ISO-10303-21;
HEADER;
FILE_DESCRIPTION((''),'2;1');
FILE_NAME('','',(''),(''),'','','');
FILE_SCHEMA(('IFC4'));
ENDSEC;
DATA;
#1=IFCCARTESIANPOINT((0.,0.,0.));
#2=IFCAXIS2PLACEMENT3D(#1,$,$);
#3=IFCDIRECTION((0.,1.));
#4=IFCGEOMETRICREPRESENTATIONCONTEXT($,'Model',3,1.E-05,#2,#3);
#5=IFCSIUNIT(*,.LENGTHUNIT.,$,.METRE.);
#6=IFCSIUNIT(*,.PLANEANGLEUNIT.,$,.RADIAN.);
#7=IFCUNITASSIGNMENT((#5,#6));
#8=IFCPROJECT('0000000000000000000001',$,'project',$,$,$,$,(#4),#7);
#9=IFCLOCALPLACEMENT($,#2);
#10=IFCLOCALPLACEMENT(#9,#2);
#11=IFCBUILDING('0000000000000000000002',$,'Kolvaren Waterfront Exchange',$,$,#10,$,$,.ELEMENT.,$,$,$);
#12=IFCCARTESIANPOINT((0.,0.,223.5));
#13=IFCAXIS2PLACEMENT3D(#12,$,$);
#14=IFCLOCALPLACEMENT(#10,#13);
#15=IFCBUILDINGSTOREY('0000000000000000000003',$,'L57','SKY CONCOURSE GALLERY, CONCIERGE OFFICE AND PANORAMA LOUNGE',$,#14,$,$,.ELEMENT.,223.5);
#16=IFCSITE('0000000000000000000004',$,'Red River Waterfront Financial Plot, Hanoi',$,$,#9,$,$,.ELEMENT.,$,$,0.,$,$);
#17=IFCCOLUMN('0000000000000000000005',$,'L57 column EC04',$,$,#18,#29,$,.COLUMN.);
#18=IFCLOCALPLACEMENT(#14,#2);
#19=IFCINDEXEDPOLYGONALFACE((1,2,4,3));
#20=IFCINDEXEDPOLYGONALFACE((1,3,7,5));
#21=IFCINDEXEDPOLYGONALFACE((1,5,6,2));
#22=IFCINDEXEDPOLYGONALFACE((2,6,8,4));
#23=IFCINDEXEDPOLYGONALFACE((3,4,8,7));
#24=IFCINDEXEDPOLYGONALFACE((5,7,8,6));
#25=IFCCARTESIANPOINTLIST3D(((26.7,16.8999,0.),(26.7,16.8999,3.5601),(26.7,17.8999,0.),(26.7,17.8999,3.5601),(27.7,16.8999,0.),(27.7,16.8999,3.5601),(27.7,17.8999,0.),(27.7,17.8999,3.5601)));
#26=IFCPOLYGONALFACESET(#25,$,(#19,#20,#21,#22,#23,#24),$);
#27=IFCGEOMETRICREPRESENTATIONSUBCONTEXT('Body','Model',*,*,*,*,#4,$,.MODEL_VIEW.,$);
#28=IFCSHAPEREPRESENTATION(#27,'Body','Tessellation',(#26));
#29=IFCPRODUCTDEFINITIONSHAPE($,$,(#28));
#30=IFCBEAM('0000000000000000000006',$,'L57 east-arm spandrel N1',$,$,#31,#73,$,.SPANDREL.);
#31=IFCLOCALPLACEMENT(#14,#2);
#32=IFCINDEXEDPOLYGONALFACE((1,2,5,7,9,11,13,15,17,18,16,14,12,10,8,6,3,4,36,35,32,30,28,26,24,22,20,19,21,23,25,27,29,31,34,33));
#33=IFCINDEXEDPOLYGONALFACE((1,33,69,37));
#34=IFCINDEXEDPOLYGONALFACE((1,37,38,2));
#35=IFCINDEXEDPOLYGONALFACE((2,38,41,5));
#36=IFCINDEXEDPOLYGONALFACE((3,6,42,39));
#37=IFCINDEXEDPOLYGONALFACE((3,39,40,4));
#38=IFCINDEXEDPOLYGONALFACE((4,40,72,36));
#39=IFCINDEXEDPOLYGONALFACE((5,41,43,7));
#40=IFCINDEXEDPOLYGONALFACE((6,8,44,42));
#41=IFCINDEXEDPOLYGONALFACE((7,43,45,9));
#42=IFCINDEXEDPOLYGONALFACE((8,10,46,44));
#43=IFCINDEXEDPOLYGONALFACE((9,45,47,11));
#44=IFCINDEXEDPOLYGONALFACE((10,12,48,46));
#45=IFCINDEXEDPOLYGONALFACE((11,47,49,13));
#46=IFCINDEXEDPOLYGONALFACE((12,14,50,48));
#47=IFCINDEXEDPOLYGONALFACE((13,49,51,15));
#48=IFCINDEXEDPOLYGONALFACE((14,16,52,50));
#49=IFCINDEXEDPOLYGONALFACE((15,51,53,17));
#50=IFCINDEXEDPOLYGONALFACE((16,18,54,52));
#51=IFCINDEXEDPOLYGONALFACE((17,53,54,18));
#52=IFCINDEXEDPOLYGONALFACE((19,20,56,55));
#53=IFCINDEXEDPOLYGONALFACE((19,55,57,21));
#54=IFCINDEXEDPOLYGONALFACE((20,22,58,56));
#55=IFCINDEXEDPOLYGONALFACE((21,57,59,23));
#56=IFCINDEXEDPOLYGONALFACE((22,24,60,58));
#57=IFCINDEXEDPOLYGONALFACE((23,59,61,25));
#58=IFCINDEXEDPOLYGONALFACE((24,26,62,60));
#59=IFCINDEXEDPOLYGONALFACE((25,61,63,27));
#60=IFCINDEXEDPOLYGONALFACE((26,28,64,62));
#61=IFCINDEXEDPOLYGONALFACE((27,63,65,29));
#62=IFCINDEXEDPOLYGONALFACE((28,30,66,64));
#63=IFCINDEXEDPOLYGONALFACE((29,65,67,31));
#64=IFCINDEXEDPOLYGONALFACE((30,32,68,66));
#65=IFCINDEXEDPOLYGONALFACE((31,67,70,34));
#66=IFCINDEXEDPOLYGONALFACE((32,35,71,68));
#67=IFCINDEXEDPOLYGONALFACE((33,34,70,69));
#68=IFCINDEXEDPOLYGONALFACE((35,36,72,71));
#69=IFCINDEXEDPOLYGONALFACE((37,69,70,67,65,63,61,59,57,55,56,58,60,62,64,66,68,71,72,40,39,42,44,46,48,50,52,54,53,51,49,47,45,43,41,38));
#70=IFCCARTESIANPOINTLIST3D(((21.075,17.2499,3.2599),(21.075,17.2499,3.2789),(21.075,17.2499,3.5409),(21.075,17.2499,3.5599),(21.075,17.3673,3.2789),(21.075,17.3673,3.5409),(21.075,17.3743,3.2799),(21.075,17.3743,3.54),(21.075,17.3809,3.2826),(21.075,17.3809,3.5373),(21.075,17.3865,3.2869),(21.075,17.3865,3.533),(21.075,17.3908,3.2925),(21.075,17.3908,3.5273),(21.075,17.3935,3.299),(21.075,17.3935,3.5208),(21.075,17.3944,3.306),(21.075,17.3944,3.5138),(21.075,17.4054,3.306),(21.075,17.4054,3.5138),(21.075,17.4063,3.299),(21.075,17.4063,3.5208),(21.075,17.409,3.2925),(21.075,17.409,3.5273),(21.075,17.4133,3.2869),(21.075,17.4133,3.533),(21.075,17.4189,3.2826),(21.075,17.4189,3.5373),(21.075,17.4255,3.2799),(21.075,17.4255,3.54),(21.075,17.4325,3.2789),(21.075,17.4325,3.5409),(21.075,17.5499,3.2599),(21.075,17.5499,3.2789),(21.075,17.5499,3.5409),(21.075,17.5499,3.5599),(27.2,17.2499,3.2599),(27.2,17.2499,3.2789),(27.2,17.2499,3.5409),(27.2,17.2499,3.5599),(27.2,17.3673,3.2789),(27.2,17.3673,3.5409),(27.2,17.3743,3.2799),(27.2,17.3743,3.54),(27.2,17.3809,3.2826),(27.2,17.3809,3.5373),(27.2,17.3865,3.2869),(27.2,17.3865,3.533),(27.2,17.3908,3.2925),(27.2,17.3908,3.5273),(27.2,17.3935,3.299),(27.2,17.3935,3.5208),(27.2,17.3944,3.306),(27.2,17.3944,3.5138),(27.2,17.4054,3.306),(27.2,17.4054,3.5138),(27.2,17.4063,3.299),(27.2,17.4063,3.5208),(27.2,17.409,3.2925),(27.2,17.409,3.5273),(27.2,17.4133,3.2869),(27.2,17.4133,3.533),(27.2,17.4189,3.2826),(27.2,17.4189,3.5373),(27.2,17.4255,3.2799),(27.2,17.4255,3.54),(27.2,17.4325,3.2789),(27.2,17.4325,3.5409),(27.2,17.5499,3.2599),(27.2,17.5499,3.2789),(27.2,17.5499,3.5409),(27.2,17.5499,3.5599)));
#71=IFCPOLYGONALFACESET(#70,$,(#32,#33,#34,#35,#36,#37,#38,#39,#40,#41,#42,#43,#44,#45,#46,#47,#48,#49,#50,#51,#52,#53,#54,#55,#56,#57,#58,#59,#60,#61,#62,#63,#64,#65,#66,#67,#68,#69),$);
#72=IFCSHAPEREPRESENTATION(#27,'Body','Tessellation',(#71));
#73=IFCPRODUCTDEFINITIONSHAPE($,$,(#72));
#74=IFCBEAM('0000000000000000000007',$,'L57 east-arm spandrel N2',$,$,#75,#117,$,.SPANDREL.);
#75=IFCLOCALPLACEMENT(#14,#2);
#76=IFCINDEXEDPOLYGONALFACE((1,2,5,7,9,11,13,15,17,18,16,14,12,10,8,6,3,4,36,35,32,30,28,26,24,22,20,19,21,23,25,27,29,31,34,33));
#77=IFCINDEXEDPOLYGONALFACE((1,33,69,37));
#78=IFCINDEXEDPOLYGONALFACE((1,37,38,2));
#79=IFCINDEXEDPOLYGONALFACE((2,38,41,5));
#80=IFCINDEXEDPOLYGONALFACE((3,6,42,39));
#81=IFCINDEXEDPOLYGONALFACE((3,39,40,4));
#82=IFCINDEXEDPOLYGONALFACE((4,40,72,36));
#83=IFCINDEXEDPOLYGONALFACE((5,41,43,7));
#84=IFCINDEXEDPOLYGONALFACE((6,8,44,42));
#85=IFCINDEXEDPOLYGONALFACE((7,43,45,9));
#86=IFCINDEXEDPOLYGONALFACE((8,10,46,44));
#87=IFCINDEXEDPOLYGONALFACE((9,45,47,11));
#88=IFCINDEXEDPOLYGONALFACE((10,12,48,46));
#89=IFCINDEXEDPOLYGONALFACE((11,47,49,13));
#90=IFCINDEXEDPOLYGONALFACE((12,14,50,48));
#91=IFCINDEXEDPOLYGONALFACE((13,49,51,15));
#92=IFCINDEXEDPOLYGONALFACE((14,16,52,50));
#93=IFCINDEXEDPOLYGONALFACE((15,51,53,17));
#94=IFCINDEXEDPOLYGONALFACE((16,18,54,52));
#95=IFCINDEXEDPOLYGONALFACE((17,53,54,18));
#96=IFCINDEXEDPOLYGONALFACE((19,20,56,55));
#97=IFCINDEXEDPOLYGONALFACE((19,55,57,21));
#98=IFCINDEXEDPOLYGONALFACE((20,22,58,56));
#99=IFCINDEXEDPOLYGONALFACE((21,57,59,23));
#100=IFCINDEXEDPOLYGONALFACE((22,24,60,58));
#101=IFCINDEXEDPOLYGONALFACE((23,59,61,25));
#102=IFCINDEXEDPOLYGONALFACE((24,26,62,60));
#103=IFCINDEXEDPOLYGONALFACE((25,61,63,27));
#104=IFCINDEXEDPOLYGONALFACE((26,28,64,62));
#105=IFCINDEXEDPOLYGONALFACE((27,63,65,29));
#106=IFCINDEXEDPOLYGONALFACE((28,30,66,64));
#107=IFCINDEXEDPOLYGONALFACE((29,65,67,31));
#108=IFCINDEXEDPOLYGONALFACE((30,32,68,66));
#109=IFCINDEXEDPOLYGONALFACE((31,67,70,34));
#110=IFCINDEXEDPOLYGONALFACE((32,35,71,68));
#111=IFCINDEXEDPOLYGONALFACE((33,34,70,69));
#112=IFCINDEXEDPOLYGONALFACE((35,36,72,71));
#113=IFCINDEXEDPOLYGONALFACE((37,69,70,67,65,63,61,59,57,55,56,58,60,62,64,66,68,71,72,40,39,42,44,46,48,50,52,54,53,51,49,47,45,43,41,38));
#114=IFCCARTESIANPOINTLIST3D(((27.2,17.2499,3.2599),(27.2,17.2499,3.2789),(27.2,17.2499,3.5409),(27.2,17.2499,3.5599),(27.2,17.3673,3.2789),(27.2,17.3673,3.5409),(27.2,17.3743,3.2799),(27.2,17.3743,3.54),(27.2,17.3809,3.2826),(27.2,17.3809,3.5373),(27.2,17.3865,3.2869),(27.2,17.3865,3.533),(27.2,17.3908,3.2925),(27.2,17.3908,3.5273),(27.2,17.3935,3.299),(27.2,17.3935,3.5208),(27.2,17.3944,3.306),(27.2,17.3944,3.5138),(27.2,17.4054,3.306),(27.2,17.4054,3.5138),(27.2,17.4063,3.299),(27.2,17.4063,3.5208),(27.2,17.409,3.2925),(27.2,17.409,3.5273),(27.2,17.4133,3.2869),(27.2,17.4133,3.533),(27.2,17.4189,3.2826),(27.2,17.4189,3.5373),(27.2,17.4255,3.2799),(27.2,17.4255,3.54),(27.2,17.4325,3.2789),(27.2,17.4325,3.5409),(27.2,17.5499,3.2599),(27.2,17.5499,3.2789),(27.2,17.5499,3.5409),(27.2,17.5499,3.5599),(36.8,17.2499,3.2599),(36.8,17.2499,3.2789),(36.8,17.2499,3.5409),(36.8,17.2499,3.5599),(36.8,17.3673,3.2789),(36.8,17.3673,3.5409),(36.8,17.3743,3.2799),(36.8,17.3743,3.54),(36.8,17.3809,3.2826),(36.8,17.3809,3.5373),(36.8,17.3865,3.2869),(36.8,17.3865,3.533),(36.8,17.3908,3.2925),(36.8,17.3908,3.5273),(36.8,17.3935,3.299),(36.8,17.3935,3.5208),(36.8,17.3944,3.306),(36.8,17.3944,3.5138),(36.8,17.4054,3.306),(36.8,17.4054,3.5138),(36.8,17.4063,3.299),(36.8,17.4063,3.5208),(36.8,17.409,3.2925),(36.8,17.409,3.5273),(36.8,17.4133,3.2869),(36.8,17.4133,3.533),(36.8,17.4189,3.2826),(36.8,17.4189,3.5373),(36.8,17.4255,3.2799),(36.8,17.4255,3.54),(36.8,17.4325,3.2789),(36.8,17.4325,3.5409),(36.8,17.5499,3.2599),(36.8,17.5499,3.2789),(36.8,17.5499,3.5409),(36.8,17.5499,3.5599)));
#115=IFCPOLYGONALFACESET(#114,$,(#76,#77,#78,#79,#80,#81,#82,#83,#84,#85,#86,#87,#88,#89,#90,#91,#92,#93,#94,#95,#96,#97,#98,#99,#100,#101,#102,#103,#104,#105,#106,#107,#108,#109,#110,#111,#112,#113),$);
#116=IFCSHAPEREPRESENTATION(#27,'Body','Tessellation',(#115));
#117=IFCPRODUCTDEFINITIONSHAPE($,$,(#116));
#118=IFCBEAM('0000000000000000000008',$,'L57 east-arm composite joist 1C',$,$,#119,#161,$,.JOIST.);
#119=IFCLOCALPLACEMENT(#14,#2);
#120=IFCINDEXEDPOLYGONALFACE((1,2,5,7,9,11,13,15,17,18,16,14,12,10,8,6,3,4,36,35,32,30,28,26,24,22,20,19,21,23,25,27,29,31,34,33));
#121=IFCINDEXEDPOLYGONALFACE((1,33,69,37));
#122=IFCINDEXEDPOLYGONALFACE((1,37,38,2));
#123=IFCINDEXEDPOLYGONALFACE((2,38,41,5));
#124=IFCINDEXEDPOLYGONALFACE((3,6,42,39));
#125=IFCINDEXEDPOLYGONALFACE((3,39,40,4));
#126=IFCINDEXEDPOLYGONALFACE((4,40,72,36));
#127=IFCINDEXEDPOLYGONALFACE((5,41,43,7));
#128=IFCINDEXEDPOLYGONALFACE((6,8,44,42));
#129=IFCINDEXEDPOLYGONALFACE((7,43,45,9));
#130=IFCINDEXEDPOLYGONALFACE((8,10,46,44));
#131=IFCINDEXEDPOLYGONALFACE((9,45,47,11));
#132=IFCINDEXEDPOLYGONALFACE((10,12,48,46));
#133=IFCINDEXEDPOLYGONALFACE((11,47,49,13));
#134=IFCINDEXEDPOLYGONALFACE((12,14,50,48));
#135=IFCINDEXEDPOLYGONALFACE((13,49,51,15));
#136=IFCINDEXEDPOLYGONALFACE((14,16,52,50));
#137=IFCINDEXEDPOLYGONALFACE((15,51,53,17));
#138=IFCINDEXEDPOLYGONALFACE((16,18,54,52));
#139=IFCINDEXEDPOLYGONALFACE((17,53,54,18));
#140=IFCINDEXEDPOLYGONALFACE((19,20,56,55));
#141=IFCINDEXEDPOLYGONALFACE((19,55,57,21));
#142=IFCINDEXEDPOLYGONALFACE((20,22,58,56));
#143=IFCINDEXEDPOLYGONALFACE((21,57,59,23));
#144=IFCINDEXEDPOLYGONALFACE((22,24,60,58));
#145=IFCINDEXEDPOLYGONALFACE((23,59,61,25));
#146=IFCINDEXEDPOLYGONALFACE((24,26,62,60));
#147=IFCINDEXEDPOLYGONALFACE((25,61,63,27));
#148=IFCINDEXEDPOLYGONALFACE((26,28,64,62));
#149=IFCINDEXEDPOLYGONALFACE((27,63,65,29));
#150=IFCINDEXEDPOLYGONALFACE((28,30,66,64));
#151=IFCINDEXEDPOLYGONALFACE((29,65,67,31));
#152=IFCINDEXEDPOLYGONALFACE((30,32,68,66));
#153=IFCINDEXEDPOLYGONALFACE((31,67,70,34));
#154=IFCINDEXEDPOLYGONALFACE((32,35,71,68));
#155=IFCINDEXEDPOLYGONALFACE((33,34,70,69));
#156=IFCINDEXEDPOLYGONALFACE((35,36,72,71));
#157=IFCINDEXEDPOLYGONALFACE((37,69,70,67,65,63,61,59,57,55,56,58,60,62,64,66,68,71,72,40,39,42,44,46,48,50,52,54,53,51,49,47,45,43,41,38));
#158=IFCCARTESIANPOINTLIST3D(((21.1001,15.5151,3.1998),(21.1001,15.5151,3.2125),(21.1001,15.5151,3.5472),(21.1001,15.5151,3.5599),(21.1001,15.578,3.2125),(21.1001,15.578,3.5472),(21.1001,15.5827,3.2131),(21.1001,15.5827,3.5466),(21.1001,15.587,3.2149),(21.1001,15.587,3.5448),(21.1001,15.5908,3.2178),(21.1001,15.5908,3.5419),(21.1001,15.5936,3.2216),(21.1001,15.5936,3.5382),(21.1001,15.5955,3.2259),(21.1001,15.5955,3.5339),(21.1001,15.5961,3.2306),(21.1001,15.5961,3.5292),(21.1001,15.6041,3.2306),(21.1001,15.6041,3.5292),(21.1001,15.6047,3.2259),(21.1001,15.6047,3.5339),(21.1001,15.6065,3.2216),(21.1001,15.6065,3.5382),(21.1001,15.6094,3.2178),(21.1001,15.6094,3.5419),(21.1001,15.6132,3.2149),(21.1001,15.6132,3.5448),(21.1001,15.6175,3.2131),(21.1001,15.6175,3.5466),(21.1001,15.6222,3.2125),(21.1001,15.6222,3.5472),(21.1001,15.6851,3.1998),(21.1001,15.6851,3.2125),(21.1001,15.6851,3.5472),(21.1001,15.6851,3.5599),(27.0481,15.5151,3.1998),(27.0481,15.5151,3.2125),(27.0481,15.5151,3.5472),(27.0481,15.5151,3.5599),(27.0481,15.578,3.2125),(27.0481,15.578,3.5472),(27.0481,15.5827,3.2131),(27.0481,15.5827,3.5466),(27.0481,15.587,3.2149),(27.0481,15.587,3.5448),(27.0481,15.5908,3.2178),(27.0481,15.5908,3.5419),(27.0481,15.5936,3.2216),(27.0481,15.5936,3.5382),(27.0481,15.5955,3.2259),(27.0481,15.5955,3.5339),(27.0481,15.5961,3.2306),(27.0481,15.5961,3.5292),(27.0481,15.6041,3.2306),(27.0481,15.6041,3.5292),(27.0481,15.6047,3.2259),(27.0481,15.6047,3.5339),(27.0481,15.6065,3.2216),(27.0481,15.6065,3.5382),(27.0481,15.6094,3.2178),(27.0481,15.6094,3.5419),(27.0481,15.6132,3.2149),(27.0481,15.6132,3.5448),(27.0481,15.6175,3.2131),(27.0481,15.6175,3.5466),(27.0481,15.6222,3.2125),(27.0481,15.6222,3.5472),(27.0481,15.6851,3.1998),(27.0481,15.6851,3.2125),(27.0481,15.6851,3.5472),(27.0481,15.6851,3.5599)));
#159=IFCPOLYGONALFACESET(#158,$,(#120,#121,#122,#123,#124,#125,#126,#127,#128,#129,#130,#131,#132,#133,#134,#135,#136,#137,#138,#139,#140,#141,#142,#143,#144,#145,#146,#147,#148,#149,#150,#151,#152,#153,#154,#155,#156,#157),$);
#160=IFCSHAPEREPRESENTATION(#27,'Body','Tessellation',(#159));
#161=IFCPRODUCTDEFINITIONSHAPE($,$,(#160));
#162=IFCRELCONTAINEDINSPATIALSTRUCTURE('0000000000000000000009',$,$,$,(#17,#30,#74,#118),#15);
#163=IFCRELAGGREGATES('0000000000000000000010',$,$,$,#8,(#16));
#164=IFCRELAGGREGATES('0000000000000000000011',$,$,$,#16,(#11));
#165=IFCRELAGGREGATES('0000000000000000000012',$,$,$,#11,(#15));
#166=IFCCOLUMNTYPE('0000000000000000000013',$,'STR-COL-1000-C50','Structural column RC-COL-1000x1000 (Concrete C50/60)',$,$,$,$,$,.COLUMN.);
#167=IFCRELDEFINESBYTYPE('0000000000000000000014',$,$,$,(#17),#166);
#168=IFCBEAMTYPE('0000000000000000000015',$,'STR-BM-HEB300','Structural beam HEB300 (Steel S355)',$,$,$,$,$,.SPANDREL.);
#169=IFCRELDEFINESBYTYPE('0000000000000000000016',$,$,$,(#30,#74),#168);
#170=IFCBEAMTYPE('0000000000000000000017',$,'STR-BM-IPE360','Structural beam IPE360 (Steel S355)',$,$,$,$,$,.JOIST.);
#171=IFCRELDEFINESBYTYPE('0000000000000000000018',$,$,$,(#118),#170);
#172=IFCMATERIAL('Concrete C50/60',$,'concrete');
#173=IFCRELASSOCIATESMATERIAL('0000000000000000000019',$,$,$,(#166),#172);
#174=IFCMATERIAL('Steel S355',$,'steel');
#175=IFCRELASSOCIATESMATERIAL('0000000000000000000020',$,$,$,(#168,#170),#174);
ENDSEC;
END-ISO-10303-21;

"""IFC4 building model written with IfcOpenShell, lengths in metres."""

from ifc_helpers import new_model, si_unit, direction, frame, origin, origin_2d, place, context, subcontext, project, spatial, rectangle, i_section, extrude, material, material_profile, profile_set, type_object, element, save


model = new_model("IFC4")

# Units and contexts
model_context = context("Model", 3, precision=1e-05, world=origin(), true_north=direction((0.0, 1.0)))
body_context = subcontext(model_context, "Body", "Model", "MODEL_VIEW")
ifc_project = project(units=[si_unit("LENGTHUNIT", "METRE"), si_unit("PLANEANGLEUNIT", "RADIAN")], contexts=[model_context])

# Site, building, storey
site_placement = place(None, origin())
site = spatial("IfcSite", under=ifc_project, at=site_placement, Name="Red River Waterfront Financial Plot, Hanoi", CompositionType="ELEMENT", RefElevation=0.0)
building_placement = place(site_placement, origin())
building = spatial("IfcBuilding", under=site, at=building_placement, Name="Kolvaren Waterfront Exchange", CompositionType="ELEMENT")
storey_placement = place(building_placement, frame((0.0, 0.0, 223.5)))
storey = spatial("IfcBuildingStorey", under=building, at=storey_placement, Name="L57", Description="SKY CONCOURSE GALLERY, CONCIERGE OFFICE AND PANORAMA LOUNGE", CompositionType="ELEMENT", Elevation=223.5)

# Column
ifc_material_1 = material(Name="Concrete C50/60", Category="concrete")
ifc_material_profile_1 = material_profile(ifc_material_1, rectangle(XDim=1.0, YDim=1.0, at=origin_2d()), Name="RC-COL-1000x1000")
ifc_profile_set_1 = profile_set([ifc_material_profile_1], Name="Concrete C50/60")
column_type = type_object("IfcColumnType", Name="STR-COL-1000-C50", Description="Structural column RC-COL-1000x1000 (Concrete C50/60)", PredefinedType="COLUMN", material=ifc_profile_set_1)
column_placement = place(storey_placement, frame((27.2, 17.3999, 0.0), z_axis=(0.0, 0.0, 1.0), x_axis=(1.0, 0.0, 0.0)))
element("IfcColumn", 1, at=column_placement, inside=storey, type_object=column_type, Name="L57 column EC04", PredefinedType="COLUMN", context=body_context, shape_type="SweptSolid", body=[
    extrude(rectangle(XDim=1.0, YDim=1.0, at=origin_2d()), origin(), (0.0, 0.0, 1.0), 3.5601),
])

# Beams
ifc_material_2 = material(Name="Steel S355", Category="steel")
ifc_material_profile_2 = material_profile(ifc_material_2, i_section(OverallWidth=0.3, OverallDepth=0.3, WebThickness=0.011, FlangeThickness=0.019, FilletRadius=0.0271, at=origin_2d()), Name="HEB300")
ifc_profile_set_2 = profile_set([ifc_material_profile_2], Name="Steel S355")
beam_type_1 = type_object("IfcBeamType", Name="STR-BM-HEB300", Description="Structural beam HEB300 (Steel S355)", PredefinedType="SPANDREL", material=ifc_profile_set_2)
beam_1_placement = place(storey_placement, frame((21.075, 17.3999, 3.4099), z_axis=(1.0, 0.0, 0.0), x_axis=(0.0, 1.0, 0.0)))
element("IfcBeam", 2, at=beam_1_placement, inside=storey, type_object=beam_type_1, Name="L57 east-arm spandrel N1", PredefinedType="SPANDREL", context=body_context, shape_type="SweptSolid", body=[
    extrude(i_section(OverallWidth=0.3, OverallDepth=0.3, WebThickness=0.011, FlangeThickness=0.019, FilletRadius=0.0271, at=origin_2d()), origin(), (0.0, 0.0, 1.0), 6.125),
])
beam_2_placement = place(storey_placement, frame((27.2, 17.3999, 3.4099), z_axis=(1.0, 0.0, 0.0), x_axis=(0.0, 1.0, 0.0)))
element("IfcBeam", 3, at=beam_2_placement, inside=storey, type_object=beam_type_1, Name="L57 east-arm spandrel N2", PredefinedType="SPANDREL", context=body_context, shape_type="SweptSolid", body=[
    extrude(i_section(OverallWidth=0.3, OverallDepth=0.3, WebThickness=0.011, FlangeThickness=0.019, FilletRadius=0.0271, at=origin_2d()), origin(), (0.0, 0.0, 1.0), 9.6001),
])
ifc_material_profile_3 = material_profile(ifc_material_2, i_section(OverallWidth=0.1699, OverallDepth=0.3601, WebThickness=0.0081, FlangeThickness=0.0127, FilletRadius=0.0181, at=origin_2d()), Name="IPE360")
ifc_profile_set_3 = profile_set([ifc_material_profile_3], Name="Steel S355")
beam_type_2 = type_object("IfcBeamType", Name="STR-BM-IPE360", Description="Structural beam IPE360 (Steel S355)", PredefinedType="JOIST", material=ifc_profile_set_3)
beam_3_placement = place(storey_placement, frame((21.1001, 15.6001, 3.3799), z_axis=(1.0, 0.0, 0.0), x_axis=(0.0, 1.0, 0.0)))
element("IfcBeam", 4, at=beam_3_placement, inside=storey, type_object=beam_type_2, Name="L57 east-arm composite joist 1C", PredefinedType="JOIST", context=body_context, shape_type="SweptSolid", body=[
    extrude(i_section(OverallWidth=0.1699, OverallDepth=0.3601, WebThickness=0.0081, FlangeThickness=0.0127, FilletRadius=0.0181, at=origin_2d()), origin(), (0.0, 0.0, 1.0), 5.948),
])

save(model, "model.ifc")
